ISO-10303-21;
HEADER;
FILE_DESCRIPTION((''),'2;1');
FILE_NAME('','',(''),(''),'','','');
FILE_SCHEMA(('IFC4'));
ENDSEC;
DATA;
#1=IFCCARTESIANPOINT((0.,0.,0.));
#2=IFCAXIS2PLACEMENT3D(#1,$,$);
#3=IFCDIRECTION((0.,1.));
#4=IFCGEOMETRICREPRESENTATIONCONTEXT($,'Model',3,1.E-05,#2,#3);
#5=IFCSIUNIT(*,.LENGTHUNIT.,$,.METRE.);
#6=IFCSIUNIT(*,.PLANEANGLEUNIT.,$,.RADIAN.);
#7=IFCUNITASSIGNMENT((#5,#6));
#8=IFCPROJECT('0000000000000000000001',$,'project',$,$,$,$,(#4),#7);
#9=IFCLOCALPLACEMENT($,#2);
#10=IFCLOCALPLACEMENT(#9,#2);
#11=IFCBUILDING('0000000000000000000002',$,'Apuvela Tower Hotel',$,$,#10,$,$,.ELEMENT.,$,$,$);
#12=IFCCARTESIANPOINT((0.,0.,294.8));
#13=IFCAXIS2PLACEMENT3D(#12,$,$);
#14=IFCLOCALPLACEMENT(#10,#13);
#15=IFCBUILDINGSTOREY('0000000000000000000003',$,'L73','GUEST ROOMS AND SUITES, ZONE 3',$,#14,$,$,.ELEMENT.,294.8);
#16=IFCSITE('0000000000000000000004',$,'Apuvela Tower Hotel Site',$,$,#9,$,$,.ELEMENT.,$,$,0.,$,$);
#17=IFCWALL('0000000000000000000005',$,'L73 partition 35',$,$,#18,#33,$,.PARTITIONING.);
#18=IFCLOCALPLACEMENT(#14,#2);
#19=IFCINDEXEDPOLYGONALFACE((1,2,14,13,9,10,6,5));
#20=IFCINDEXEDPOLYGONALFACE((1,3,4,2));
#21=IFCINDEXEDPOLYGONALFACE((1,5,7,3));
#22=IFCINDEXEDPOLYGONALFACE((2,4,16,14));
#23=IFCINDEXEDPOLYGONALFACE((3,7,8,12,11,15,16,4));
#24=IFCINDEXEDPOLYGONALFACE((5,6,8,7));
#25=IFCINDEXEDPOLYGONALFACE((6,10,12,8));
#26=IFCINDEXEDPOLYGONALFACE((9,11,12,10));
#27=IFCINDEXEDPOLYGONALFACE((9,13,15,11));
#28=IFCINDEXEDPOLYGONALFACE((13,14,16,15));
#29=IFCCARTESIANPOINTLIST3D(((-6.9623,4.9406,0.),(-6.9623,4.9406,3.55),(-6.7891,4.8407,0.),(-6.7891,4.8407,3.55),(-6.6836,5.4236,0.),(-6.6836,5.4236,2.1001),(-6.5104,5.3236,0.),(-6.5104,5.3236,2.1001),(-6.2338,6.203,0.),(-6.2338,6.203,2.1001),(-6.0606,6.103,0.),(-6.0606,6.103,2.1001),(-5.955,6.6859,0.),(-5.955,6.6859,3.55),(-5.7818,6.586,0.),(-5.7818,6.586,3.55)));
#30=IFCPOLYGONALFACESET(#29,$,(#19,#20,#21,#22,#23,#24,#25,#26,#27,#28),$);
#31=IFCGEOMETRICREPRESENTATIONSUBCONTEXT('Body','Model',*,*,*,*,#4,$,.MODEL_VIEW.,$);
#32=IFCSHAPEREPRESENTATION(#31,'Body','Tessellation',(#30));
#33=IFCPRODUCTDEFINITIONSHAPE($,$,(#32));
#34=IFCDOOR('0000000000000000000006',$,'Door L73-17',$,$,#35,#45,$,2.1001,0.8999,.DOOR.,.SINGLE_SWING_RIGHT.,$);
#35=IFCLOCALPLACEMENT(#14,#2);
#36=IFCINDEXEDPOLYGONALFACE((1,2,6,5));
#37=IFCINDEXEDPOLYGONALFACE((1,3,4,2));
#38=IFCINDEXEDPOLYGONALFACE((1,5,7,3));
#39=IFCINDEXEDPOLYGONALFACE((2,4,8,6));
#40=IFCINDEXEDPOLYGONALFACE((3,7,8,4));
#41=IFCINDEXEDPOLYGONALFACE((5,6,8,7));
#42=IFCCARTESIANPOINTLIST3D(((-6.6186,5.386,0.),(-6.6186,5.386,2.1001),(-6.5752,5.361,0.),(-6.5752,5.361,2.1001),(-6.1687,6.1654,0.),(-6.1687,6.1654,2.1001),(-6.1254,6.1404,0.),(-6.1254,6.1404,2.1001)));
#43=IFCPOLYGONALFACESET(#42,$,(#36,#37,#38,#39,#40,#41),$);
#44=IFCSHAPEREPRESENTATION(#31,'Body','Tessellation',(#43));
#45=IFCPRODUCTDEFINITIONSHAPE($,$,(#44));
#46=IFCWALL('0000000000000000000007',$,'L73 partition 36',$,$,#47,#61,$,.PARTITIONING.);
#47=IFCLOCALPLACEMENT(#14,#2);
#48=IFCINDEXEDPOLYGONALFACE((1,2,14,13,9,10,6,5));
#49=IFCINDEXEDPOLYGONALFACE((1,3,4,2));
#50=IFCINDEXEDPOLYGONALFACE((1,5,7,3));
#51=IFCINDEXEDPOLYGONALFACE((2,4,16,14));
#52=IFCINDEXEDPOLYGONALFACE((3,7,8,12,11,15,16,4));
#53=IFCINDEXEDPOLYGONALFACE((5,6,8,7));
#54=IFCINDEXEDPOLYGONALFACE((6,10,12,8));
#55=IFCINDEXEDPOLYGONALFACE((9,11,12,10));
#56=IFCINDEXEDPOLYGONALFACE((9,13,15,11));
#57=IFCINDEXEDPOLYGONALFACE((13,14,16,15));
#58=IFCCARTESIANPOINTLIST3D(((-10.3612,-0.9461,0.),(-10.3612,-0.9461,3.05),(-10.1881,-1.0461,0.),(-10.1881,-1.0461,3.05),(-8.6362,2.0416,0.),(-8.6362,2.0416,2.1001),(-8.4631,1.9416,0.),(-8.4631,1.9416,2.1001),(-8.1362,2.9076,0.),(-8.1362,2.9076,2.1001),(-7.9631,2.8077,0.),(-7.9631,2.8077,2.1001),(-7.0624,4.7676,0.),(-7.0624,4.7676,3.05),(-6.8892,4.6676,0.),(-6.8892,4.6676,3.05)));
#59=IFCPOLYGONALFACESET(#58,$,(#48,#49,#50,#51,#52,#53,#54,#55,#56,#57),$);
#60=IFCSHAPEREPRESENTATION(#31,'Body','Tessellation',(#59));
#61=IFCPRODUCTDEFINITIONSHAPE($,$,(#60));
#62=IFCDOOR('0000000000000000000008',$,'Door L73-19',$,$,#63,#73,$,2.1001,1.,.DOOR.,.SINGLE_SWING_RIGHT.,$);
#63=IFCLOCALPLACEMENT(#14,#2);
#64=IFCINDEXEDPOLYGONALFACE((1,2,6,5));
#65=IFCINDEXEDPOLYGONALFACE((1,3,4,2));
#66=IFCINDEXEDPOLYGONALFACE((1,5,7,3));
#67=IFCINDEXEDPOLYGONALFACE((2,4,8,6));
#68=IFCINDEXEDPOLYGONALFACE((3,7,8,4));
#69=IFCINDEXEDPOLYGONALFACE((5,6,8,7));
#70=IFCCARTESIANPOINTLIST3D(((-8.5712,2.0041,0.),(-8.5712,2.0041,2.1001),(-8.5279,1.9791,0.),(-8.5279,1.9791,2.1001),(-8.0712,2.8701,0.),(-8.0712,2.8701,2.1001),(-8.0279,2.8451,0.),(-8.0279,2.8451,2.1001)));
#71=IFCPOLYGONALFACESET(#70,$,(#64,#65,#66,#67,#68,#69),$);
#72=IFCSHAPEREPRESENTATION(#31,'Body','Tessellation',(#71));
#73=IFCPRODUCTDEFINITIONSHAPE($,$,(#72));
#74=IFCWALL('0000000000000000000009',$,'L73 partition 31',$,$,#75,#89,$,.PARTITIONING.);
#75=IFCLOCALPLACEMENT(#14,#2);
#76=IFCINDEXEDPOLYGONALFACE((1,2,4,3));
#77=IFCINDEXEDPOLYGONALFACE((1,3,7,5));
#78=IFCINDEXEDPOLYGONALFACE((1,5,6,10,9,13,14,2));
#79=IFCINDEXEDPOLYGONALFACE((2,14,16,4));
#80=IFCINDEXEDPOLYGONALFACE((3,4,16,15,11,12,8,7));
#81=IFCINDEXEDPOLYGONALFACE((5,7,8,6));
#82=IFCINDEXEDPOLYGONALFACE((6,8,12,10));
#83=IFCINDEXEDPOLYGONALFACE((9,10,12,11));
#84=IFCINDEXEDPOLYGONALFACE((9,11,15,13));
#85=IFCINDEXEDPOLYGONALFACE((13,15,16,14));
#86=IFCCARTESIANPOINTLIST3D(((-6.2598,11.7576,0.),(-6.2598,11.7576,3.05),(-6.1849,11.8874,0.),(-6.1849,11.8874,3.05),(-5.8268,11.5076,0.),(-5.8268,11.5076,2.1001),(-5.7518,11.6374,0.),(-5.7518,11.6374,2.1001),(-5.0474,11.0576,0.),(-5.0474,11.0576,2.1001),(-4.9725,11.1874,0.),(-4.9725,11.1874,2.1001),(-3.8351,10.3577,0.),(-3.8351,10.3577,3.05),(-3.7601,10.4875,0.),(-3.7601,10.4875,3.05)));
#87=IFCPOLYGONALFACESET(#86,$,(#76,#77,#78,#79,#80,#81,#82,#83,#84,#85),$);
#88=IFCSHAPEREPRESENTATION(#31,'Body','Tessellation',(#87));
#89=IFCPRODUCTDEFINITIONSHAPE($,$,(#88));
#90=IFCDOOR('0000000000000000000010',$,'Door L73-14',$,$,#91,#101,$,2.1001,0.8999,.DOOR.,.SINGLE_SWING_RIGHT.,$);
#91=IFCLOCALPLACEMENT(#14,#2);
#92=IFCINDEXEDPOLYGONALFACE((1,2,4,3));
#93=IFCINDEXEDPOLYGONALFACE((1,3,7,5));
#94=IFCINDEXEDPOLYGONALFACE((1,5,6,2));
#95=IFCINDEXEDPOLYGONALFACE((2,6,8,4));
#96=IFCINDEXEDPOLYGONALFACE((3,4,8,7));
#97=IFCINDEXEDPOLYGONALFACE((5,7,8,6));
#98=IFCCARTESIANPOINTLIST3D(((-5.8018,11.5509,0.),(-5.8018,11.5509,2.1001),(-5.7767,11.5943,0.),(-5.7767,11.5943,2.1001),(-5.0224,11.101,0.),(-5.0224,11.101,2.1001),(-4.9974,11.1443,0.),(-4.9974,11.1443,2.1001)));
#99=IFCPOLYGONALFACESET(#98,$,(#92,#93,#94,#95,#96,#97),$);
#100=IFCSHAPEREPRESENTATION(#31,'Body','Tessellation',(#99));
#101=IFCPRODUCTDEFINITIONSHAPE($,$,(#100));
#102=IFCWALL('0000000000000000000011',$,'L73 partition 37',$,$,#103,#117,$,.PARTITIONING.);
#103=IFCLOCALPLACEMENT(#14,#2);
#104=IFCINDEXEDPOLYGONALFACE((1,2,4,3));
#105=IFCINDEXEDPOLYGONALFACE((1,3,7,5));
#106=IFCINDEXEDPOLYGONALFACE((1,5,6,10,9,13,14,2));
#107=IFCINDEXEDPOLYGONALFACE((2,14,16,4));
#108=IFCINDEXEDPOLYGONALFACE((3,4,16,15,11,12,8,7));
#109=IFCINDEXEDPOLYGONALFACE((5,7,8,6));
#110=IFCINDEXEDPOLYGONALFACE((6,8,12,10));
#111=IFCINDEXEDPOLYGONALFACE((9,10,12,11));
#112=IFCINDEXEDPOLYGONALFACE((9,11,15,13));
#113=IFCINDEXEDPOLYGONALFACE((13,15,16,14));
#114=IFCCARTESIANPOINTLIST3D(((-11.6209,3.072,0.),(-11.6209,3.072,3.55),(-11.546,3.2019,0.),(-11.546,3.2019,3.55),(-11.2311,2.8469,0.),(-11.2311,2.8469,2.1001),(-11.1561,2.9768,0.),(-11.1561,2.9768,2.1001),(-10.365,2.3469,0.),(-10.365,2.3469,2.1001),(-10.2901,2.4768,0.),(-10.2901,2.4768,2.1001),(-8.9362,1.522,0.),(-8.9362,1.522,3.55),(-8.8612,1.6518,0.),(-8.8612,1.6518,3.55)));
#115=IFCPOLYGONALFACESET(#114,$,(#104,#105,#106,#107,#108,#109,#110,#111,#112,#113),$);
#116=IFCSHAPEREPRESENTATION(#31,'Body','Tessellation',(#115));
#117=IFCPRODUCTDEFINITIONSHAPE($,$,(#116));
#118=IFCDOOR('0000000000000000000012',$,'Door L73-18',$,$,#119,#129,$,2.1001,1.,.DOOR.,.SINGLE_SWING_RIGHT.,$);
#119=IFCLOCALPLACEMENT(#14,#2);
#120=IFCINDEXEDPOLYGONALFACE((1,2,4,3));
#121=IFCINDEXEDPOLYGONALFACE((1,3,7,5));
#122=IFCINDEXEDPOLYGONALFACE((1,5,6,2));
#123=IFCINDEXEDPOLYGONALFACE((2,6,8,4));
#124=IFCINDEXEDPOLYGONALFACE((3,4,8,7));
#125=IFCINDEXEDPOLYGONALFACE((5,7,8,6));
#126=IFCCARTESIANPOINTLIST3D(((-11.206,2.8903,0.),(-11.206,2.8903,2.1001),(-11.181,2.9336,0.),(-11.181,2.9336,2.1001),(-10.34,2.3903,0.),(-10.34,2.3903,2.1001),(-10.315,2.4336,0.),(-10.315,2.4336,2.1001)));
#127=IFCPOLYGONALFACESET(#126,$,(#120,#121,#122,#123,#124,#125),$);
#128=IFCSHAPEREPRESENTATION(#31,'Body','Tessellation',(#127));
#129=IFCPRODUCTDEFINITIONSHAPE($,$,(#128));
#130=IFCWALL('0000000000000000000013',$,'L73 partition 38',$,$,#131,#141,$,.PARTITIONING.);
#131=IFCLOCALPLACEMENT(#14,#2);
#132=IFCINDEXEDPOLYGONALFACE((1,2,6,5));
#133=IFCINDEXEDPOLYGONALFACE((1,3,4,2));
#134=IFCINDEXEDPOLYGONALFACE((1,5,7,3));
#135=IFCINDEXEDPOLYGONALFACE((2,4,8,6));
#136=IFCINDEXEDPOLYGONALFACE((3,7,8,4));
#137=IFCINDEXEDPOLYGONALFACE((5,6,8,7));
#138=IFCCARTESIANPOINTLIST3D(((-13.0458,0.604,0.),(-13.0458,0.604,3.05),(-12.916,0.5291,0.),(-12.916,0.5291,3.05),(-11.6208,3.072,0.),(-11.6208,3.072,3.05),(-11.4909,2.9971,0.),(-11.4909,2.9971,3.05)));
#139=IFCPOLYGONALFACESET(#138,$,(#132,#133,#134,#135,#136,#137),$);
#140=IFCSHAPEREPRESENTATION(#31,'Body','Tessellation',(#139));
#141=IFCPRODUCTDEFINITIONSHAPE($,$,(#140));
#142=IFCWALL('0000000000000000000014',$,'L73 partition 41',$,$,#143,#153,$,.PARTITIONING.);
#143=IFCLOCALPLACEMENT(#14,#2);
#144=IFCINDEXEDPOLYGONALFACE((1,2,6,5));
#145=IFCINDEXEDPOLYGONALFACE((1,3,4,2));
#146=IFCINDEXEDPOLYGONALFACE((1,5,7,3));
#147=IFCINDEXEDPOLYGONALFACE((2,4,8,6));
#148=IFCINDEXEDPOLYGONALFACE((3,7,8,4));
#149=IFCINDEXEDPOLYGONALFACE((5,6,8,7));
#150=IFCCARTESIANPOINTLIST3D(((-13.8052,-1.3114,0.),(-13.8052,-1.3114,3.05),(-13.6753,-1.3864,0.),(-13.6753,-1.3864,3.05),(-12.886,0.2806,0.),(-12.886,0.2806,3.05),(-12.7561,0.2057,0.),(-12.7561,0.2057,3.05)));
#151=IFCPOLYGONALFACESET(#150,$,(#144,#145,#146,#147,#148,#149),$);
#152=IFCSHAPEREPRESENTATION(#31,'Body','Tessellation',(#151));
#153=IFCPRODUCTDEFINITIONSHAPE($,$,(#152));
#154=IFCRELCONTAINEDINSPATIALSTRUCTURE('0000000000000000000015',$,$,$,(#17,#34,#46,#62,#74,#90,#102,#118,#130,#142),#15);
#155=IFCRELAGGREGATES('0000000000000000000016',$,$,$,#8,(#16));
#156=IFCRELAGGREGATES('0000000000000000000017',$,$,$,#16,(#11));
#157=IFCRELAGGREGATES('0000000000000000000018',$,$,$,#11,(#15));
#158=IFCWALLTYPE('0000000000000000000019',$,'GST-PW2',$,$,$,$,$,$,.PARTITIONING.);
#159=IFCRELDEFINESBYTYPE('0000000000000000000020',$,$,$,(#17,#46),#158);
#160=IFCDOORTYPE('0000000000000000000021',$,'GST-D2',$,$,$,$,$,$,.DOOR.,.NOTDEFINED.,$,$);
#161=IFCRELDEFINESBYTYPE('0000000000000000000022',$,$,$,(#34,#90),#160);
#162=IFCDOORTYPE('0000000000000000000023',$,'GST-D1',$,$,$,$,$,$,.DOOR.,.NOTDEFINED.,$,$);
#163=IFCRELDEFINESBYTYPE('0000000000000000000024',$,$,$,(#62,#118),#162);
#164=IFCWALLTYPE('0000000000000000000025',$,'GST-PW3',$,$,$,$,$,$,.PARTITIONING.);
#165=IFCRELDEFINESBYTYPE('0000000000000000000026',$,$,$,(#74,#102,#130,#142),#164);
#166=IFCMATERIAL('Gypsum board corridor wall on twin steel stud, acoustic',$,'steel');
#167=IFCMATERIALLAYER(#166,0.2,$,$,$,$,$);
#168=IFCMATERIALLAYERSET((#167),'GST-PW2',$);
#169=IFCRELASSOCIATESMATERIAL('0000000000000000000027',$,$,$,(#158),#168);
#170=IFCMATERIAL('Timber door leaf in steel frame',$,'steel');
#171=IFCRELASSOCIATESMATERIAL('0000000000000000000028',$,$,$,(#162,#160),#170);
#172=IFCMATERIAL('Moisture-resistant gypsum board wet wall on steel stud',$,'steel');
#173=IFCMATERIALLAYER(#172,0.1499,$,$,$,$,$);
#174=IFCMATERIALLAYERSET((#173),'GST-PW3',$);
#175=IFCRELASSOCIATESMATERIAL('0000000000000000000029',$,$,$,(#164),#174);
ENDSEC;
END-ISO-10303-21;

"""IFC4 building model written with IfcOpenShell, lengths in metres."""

from ifc_helpers import new_model, si_unit, direction, frame, frame_2d, origin, place, context, subcontext, project, spatial, rectangle, extrude, material, layer, layer_set, type_object, element, fill, save


model = new_model("IFC4")

# Units and contexts
model_context = context("Model", 3, precision=1e-05, world=origin(), true_north=direction((0.0, 1.0)))
body_context = subcontext(model_context, "Body", "Model", "MODEL_VIEW")
ifc_project = project(units=[si_unit("LENGTHUNIT", "METRE"), si_unit("PLANEANGLEUNIT", "RADIAN")], contexts=[model_context])

# Site, building, storey
site_placement = place(None, origin())
site = spatial("IfcSite", under=ifc_project, at=site_placement, Name="Apuvela Tower Hotel Site", CompositionType="ELEMENT", RefElevation=0.0)
building_placement = place(site_placement, origin())
building = spatial("IfcBuilding", under=site, at=building_placement, Name="Apuvela Tower Hotel", CompositionType="ELEMENT")
storey_placement = place(building_placement, frame((0.0, 0.0, 294.8)))
storey = spatial("IfcBuildingStorey", under=building, at=storey_placement, Name="L73", Description="GUEST ROOMS AND SUITES, ZONE 3", CompositionType="ELEMENT", Elevation=294.8)

# Walls, openings, doors
ifc_material_1 = material(Name="Gypsum board corridor wall on twin steel stud, acoustic", Category="steel")
ifc_layer_1 = layer(ifc_material_1, 0.2)
ifc_layer_set_1 = layer_set([ifc_layer_1], Name="GST-PW2")
wall_type_1 = type_object("IfcWallType", Name="GST-PW2", PredefinedType="PARTITIONING", material=ifc_layer_set_1)
ifc_material_2 = material(Name="Timber door leaf in steel frame", Category="steel")
door_type_1 = type_object("IfcDoorType", Name="GST-D1", OperationType="NOTDEFINED", PredefinedType="DOOR", material=ifc_material_2)
door_type_2 = type_object("IfcDoorType", Name="GST-D2", OperationType="NOTDEFINED", PredefinedType="DOOR", material=ifc_material_2)
wall_1_placement = place(storey_placement, frame((-6.8757, 4.8906, 0.0), z_axis=(0.0, 0.0, 1.0), x_axis=(0.499866, 0.866103, 0.0)))
wall_1 = element("IfcWall", 1, at=wall_1_placement, inside=storey, type_object=wall_type_1, Name="L73 partition 35", PredefinedType="PARTITIONING", context=body_context, shape_type="SweptSolid", body=[
    extrude(rectangle(XDim=2.0151, YDim=0.2, at=frame_2d((1.0076, 0.0))), origin(), (0.0, 0.0, 1.0), 3.55),
])
opening_1_placement = place(wall_1_placement, frame((0.5576, 0.0, 0.0)))
opening_1 = element("IfcOpeningElement", 2, at=opening_1_placement, cuts=wall_1, PredefinedType="OPENING", context=body_context, shape_type="SweptSolid", body=[
    extrude(rectangle(XDim=0.8999, YDim=2.1001, at=frame_2d((0.45, 1.05))), frame((0.0, 0.1099, 0.0), z_axis=(0.0, -1.0, 0.0), x_axis=(1.0, 0.0, 0.0)), (0.0, 0.0, 1.0), 0.22),
])
door_1_placement = place(opening_1_placement, origin())
door_1 = element("IfcDoor", 3, at=door_1_placement, inside=storey, type_object=door_type_2, Name="Door L73-17", OperationType="SINGLE_SWING_RIGHT", OverallHeight=2.1001, OverallWidth=0.8999, PredefinedType="DOOR", context=body_context, shape_type="SweptSolid", body=[
    extrude(rectangle(XDim=0.8999, YDim=2.1001, at=frame_2d((0.45, 1.05))), frame((0.0, 0.0249, 0.0), z_axis=(0.0, -1.0, 0.0), x_axis=(1.0, 0.0, 0.0)), (0.0, 0.0, 1.0), 0.05),
])
fill(opening_1, door_1)
wall_2_placement = place(storey_placement, frame((-10.2747, -0.9961, 0.0), z_axis=(0.0, 0.0, 1.0), x_axis=(0.500008, 0.866021, 0.0)))
wall_2 = element("IfcWall", 4, at=wall_2_placement, inside=storey, type_object=wall_type_1, Name="L73 partition 36", PredefinedType="PARTITIONING", context=body_context, shape_type="SweptSolid", body=[
    extrude(rectangle(XDim=6.5977, YDim=0.2, at=frame_2d((3.2988, 0.0))), origin(), (0.0, 0.0, 1.0), 3.05),
])
opening_2_placement = place(wall_2_placement, frame((3.45, 0.0, 0.0)))
opening_2 = element("IfcOpeningElement", 5, at=opening_2_placement, cuts=wall_2, PredefinedType="OPENING", context=body_context, shape_type="SweptSolid", body=[
    extrude(rectangle(XDim=1.0, YDim=2.1001, at=frame_2d((0.5, 1.05))), frame((0.0, 0.1099, 0.0), z_axis=(0.0, -1.0, 0.0), x_axis=(1.0, 0.0, 0.0)), (0.0, 0.0, 1.0), 0.22),
])
door_2_placement = place(opening_2_placement, origin())
door_2 = element("IfcDoor", 6, at=door_2_placement, inside=storey, type_object=door_type_1, Name="Door L73-19", OperationType="SINGLE_SWING_RIGHT", OverallHeight=2.1001, OverallWidth=1.0, PredefinedType="DOOR", context=body_context, shape_type="SweptSolid", body=[
    extrude(rectangle(XDim=1.0, YDim=2.1001, at=frame_2d((0.5, 1.05))), frame((0.0, 0.0249, 0.0), z_axis=(0.0, -1.0, 0.0), x_axis=(1.0, 0.0, 0.0)), (0.0, 0.0, 1.0), 0.05),
])
fill(opening_2, door_2)
ifc_material_3 = material(Name="Moisture-resistant gypsum board wet wall on steel stud", Category="steel")
ifc_layer_2 = layer(ifc_material_3, 0.1499)
ifc_layer_set_2 = layer_set([ifc_layer_2], Name="GST-PW3")
wall_type_2 = type_object("IfcWallType", Name="GST-PW3", PredefinedType="PARTITIONING", material=ifc_layer_set_2)
wall_3_placement = place(storey_placement, frame((-3.7976, 10.4226, 0.0), z_axis=(0.0, 0.0, 1.0), x_axis=(-0.866035, 0.499984, 0.0)))
wall_3 = element("IfcWall", 7, at=wall_3_placement, inside=storey, type_object=wall_type_2, Name="L73 partition 31", PredefinedType="PARTITIONING", context=body_context, shape_type="SweptSolid", body=[
    extrude(rectangle(XDim=2.7998, YDim=0.1499, at=frame_2d((1.3999, 0.0))), origin(), (0.0, 0.0, 1.0), 3.05),
])
opening_3_placement = place(wall_3_placement, frame((1.3999, 0.0, 0.0)))
opening_3 = element("IfcOpeningElement", 8, at=opening_3_placement, cuts=wall_3, PredefinedType="OPENING", context=body_context, shape_type="SweptSolid", body=[
    extrude(rectangle(XDim=0.8999, YDim=2.1001, at=frame_2d((0.45, 1.05))), frame((0.0, 0.085, 0.0), z_axis=(0.0, -1.0, 0.0), x_axis=(1.0, 0.0, 0.0)), (0.0, 0.0, 1.0), 0.1699),
])
door_3_placement = place(opening_3_placement, origin())
door_3 = element("IfcDoor", 9, at=door_3_placement, inside=storey, type_object=door_type_2, Name="Door L73-14", OperationType="SINGLE_SWING_RIGHT", OverallHeight=2.1001, OverallWidth=0.8999, PredefinedType="DOOR", context=body_context, shape_type="SweptSolid", body=[
    extrude(rectangle(XDim=0.8999, YDim=2.1001, at=frame_2d((0.45, 1.05))), frame((0.0, 0.0249, 0.0), z_axis=(0.0, -1.0, 0.0), x_axis=(1.0, 0.0, 0.0)), (0.0, 0.0, 1.0), 0.05),
])
fill(opening_3, door_3)
wall_4_placement = place(storey_placement, frame((-8.8987, 1.5869, 0.0), z_axis=(0.0, 0.0, 1.0), x_axis=(-0.86603, 0.499993, 0.0)))
wall_4 = element("IfcWall", 10, at=wall_4_placement, inside=storey, type_object=wall_type_2, Name="L73 partition 37", PredefinedType="PARTITIONING", context=body_context, shape_type="SweptSolid", body=[
    extrude(rectangle(XDim=3.1001, YDim=0.1499, at=frame_2d((1.55, 0.0))), origin(), (0.0, 0.0, 1.0), 3.55),
])
opening_4_placement = place(wall_4_placement, frame((1.6499, 0.0, 0.0)))
opening_4 = element("IfcOpeningElement", 11, at=opening_4_placement, cuts=wall_4, PredefinedType="OPENING", context=body_context, shape_type="SweptSolid", body=[
    extrude(rectangle(XDim=1.0, YDim=2.1001, at=frame_2d((0.5, 1.05))), frame((0.0, 0.085, 0.0), z_axis=(0.0, -1.0, 0.0), x_axis=(1.0, 0.0, 0.0)), (0.0, 0.0, 1.0), 0.1699),
])
door_4_placement = place(opening_4_placement, origin())
door_4 = element("IfcDoor", 12, at=door_4_placement, inside=storey, type_object=door_type_1, Name="Door L73-18", OperationType="SINGLE_SWING_RIGHT", OverallHeight=2.1001, OverallWidth=1.0, PredefinedType="DOOR", context=body_context, shape_type="SweptSolid", body=[
    extrude(rectangle(XDim=1.0, YDim=2.1001, at=frame_2d((0.5, 1.05))), frame((0.0, 0.0249, 0.0), z_axis=(0.0, -1.0, 0.0), x_axis=(1.0, 0.0, 0.0)), (0.0, 0.0, 1.0), 0.05),
])
fill(opening_4, door_4)

# Walls
wall_5_placement = place(storey_placement, frame((-11.5559, 3.0344, 0.0), z_axis=(0.0, 0.0, 1.0), x_axis=(-0.500036, -0.866004, 0.0)))
element("IfcWall", 13, at=wall_5_placement, inside=storey, type_object=wall_type_2, Name="L73 partition 38", PredefinedType="PARTITIONING", context=body_context, shape_type="SweptSolid", body=[
    extrude(rectangle(XDim=2.8499, YDim=0.1499, at=frame_2d((1.4248, 0.0))), origin(), (0.0, 0.0, 1.0), 3.05),
])
wall_6_placement = place(storey_placement, frame((-12.821, 0.2432, 0.0), z_axis=(0.0, 0.0, 1.0), x_axis=(-0.50001, -0.86602, 0.0)))
element("IfcWall", 14, at=wall_6_placement, inside=storey, type_object=wall_type_2, Name="L73 partition 41", PredefinedType="PARTITIONING", context=body_context, shape_type="SweptSolid", body=[
    extrude(rectangle(XDim=1.8384, YDim=0.1499, at=frame_2d((0.9192, 0.0))), origin(), (0.0, 0.0, 1.0), 3.05),
])

save(model, "model.ifc")
